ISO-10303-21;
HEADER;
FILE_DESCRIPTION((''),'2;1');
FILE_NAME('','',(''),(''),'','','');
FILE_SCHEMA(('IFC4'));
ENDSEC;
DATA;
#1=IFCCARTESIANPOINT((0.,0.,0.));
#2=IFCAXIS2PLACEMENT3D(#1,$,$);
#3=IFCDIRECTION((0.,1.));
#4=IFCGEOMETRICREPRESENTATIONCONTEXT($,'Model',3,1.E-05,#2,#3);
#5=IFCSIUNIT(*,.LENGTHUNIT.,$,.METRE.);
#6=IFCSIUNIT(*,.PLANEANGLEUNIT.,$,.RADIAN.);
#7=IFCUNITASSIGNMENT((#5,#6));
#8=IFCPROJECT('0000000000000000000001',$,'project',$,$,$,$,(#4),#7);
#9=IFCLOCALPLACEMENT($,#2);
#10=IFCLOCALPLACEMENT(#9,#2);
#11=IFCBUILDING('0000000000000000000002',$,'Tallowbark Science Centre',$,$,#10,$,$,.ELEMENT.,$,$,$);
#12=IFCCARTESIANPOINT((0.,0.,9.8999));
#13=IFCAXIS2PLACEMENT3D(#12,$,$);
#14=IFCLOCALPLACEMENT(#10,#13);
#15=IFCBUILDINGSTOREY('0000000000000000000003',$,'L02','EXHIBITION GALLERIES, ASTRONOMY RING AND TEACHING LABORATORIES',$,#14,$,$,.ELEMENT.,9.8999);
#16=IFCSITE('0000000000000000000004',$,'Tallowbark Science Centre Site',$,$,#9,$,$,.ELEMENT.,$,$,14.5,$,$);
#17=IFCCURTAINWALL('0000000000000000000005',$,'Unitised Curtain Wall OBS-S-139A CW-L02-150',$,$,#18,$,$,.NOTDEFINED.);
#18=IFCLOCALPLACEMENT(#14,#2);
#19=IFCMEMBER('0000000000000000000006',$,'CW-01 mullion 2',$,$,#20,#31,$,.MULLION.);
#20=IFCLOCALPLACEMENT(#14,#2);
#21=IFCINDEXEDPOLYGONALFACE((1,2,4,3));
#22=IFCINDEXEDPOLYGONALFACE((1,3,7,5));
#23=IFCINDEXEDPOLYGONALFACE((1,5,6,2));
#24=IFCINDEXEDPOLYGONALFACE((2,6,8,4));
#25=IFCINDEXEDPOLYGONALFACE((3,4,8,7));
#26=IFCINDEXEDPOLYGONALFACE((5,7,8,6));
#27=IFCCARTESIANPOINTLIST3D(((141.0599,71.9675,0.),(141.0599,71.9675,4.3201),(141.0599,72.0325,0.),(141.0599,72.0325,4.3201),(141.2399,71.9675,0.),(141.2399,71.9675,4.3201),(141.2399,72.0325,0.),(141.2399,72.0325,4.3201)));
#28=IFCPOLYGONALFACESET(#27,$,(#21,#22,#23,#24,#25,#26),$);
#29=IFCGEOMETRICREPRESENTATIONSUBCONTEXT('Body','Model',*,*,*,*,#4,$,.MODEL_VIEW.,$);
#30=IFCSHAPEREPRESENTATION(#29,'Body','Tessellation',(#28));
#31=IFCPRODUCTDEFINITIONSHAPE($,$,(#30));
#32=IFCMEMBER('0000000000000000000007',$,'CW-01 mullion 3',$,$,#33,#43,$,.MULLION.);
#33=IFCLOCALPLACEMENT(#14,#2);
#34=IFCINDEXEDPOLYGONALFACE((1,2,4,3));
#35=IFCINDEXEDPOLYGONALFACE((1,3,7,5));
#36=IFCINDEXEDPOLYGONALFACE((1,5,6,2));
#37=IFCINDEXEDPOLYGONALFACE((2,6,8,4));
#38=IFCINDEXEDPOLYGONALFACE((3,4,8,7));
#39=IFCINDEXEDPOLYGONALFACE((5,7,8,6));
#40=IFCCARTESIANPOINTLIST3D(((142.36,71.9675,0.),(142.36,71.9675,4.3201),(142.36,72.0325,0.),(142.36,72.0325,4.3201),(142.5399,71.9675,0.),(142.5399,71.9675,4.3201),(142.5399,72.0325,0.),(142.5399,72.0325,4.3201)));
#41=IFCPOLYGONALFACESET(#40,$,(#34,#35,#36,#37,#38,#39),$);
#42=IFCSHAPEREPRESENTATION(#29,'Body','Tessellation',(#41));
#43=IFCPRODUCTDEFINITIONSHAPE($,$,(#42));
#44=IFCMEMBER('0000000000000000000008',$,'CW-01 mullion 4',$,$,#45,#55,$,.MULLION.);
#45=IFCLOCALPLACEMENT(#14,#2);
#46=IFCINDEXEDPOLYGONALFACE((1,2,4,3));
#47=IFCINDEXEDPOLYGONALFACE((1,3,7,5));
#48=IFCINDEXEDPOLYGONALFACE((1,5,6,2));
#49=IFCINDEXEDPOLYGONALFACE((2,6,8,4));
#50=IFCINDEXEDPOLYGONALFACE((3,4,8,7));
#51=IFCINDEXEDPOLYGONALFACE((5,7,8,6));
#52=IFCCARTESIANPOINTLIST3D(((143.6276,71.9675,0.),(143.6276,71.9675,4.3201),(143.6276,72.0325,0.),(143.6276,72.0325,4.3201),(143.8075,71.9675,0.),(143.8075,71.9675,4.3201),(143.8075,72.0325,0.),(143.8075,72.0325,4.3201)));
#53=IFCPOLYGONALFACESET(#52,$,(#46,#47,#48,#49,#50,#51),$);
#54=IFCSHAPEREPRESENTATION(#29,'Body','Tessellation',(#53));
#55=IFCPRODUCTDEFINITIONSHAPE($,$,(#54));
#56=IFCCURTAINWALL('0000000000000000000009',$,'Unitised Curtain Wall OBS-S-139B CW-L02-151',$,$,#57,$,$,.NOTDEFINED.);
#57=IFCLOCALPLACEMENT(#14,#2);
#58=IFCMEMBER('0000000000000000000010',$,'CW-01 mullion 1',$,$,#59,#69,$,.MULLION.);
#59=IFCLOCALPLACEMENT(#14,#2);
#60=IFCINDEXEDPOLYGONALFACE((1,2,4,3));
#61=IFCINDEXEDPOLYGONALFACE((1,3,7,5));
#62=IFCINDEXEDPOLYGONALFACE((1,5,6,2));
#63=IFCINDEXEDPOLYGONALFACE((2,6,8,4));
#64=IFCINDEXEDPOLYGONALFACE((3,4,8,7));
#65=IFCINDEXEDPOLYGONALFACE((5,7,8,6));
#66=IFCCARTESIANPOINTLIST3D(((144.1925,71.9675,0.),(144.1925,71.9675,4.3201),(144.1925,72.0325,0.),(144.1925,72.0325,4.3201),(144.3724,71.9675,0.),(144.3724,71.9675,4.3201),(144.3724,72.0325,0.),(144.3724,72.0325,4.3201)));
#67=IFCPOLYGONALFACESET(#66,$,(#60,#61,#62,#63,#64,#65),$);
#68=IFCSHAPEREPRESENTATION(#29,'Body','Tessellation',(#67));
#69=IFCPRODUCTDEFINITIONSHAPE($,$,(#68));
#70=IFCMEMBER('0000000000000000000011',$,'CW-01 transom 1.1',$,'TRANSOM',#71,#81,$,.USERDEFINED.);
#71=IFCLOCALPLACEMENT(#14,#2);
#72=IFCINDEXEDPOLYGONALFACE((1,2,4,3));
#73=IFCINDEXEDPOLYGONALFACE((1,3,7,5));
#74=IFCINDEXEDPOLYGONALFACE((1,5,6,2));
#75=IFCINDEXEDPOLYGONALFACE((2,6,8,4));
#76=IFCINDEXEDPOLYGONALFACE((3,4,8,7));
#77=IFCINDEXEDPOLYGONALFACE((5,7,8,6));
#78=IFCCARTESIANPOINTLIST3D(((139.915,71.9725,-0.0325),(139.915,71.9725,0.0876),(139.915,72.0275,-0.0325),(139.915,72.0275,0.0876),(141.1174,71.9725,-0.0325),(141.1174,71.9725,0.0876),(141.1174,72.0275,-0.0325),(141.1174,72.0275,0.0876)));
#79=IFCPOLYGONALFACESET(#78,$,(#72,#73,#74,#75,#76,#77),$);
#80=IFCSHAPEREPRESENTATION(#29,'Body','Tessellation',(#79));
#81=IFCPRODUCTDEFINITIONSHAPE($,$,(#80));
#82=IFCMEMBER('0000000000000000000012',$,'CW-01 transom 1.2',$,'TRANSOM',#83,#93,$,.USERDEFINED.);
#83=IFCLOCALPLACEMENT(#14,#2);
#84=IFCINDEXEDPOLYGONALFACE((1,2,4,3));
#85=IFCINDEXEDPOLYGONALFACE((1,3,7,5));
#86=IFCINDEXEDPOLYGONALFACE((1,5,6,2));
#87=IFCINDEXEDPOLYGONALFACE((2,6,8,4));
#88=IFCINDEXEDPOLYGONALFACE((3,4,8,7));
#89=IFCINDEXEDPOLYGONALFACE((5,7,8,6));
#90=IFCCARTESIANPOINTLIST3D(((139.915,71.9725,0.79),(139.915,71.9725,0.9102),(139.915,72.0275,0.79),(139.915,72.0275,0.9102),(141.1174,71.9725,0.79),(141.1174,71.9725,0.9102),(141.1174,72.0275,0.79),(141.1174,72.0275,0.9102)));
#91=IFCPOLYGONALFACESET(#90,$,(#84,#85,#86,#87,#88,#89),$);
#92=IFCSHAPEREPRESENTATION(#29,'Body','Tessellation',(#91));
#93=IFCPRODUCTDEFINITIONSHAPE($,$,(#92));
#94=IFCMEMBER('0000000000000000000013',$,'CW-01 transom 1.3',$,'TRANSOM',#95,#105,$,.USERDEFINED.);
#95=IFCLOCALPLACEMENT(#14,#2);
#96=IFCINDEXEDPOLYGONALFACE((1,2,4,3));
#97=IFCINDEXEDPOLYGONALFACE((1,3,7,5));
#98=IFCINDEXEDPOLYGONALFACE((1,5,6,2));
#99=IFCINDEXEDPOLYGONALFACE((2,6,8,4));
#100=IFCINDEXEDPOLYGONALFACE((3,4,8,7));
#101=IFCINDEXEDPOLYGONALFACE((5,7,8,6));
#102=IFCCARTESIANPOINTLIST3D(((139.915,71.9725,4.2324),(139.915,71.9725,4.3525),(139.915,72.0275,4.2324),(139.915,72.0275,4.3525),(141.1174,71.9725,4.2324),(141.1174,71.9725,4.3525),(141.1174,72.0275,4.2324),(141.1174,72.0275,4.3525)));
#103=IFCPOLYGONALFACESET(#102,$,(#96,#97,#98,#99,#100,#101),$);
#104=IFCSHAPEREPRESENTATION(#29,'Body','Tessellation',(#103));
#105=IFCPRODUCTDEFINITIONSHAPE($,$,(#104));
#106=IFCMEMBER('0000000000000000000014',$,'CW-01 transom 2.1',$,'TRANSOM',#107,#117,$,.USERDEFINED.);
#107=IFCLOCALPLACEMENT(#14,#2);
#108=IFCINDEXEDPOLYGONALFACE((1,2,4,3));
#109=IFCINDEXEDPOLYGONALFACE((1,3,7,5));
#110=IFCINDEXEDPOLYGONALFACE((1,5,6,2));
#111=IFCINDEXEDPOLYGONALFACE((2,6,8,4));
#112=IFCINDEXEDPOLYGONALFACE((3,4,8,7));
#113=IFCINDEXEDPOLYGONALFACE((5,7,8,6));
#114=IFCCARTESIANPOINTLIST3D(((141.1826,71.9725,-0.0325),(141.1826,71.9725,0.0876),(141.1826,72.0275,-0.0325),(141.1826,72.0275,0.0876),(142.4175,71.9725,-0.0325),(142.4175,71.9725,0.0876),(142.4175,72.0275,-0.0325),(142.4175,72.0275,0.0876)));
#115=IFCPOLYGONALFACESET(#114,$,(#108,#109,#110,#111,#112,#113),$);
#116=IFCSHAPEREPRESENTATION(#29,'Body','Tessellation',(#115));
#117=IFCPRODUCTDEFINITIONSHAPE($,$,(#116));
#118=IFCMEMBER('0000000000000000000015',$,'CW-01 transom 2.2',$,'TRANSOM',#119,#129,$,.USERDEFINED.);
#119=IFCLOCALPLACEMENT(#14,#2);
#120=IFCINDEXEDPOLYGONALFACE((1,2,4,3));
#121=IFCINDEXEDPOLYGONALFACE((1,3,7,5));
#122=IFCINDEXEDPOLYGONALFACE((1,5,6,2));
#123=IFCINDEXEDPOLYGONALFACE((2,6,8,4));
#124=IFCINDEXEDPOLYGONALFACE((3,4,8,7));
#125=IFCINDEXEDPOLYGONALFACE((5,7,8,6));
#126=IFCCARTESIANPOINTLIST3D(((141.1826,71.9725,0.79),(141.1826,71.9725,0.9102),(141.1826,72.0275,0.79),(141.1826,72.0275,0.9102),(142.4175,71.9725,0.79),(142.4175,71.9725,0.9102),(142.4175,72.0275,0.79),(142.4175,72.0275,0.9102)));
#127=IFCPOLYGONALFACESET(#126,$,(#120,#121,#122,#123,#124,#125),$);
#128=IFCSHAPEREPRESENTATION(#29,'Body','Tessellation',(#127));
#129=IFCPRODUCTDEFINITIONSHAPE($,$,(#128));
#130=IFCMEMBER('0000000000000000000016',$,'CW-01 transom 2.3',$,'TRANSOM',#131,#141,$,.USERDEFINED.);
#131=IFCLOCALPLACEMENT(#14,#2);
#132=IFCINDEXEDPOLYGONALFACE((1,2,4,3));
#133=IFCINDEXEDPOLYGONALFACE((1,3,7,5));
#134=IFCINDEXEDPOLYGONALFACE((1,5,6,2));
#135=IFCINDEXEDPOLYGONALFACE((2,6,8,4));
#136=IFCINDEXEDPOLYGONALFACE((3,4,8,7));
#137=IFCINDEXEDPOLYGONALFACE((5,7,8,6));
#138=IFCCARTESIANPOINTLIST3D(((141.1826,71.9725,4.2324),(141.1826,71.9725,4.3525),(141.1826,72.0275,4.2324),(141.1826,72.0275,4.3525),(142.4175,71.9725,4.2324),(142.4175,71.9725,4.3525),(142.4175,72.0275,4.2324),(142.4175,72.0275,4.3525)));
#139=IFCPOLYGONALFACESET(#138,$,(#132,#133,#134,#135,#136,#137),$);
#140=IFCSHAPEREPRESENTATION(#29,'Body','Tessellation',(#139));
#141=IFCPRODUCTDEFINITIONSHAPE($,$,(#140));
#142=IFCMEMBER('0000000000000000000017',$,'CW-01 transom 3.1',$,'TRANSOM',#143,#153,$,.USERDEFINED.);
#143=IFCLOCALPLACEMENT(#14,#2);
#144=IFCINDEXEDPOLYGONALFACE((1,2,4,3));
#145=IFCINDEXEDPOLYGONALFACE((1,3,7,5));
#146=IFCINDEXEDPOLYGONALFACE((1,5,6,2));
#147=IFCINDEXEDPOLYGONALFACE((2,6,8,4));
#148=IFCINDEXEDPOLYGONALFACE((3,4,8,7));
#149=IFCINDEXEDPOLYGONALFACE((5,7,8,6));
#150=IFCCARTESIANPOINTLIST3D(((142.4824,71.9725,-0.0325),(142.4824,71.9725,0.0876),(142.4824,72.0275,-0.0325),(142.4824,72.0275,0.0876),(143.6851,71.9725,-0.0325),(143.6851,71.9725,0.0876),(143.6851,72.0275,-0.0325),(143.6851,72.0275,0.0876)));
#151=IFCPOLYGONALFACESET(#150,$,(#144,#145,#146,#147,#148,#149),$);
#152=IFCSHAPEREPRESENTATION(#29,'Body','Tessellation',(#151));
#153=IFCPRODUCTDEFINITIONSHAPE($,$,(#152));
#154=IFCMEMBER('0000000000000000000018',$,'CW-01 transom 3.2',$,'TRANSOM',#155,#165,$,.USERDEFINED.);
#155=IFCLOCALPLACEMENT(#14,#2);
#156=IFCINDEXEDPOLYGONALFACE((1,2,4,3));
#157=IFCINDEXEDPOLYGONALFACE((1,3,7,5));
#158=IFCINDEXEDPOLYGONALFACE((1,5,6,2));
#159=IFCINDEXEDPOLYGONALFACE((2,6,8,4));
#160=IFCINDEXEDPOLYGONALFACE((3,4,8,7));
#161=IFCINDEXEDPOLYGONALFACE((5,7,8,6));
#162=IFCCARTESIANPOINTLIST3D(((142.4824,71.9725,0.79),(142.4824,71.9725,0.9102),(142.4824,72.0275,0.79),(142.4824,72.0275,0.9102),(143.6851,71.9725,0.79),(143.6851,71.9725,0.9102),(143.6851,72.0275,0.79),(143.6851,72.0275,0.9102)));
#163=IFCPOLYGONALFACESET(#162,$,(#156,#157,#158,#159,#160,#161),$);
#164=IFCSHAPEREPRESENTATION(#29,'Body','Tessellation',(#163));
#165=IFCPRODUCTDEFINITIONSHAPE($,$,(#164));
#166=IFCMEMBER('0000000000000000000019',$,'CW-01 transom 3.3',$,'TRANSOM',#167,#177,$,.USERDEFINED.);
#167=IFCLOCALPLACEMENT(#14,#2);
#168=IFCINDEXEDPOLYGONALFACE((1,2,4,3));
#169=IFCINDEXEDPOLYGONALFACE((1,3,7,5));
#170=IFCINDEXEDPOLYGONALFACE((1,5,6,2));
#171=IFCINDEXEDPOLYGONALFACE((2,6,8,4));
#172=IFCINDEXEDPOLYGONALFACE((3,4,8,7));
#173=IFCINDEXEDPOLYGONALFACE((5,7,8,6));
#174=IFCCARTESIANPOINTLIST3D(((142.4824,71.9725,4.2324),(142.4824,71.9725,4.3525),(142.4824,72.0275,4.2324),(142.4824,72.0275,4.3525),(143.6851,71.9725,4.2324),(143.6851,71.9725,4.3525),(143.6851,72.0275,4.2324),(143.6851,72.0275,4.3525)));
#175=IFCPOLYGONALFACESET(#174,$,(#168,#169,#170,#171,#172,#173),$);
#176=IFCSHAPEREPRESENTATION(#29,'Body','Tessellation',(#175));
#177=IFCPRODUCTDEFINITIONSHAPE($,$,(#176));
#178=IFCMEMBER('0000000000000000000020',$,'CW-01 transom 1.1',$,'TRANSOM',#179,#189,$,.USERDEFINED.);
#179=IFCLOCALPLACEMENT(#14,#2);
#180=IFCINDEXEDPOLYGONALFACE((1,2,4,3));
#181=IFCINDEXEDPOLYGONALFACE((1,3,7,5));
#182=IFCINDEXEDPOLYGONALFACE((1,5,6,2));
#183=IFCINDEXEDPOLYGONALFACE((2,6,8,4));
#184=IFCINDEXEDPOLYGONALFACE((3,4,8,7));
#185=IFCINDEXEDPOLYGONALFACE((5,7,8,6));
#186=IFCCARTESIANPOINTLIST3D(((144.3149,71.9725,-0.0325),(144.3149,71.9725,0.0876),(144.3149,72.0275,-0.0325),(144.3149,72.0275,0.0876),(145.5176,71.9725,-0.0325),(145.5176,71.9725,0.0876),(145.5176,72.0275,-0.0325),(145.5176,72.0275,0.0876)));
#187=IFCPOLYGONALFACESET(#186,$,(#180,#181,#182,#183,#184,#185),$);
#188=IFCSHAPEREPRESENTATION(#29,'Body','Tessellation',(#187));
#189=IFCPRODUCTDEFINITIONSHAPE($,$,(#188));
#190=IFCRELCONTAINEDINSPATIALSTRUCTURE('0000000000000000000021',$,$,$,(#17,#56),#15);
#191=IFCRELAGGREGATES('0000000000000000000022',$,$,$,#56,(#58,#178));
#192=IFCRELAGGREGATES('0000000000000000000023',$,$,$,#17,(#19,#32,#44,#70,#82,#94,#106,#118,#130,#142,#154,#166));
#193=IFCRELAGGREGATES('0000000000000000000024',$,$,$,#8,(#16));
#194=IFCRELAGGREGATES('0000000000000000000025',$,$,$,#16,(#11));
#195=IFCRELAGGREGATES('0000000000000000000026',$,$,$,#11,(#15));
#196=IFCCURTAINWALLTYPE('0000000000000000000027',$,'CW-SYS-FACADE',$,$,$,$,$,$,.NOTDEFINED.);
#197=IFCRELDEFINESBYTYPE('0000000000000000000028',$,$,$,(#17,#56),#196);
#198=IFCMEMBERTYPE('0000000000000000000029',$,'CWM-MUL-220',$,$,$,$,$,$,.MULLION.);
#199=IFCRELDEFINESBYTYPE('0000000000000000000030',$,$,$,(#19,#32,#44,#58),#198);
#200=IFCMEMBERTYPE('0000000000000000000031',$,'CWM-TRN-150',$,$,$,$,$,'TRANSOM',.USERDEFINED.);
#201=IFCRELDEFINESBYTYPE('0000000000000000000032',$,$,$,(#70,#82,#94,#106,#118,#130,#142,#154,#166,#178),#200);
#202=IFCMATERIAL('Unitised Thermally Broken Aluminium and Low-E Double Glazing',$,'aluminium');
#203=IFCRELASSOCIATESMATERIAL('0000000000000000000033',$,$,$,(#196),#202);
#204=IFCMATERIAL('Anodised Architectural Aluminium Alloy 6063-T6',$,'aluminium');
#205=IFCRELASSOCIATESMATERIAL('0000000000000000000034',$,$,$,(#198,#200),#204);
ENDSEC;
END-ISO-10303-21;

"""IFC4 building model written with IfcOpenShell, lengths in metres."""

from ifc_helpers import new_model, si_unit, direction, frame, origin, origin_2d, place, context, subcontext, project, spatial, rectangle, extrude, material, material_profile, profile_set, type_object, element, aggregate, save


model = new_model("IFC4")

# Units and contexts
model_context = context("Model", 3, precision=1e-05, world=origin(), true_north=direction((0.0, 1.0)))
body_context = subcontext(model_context, "Body", "Model", "MODEL_VIEW")
ifc_project = project(units=[si_unit("LENGTHUNIT", "METRE"), si_unit("PLANEANGLEUNIT", "RADIAN")], contexts=[model_context])

# Site, building, storey
site_placement = place(None, origin())
site = spatial("IfcSite", under=ifc_project, at=site_placement, Name="Tallowbark Science Centre Site", CompositionType="ELEMENT", RefElevation=14.5)
building_placement = place(site_placement, origin())
building = spatial("IfcBuilding", under=site, at=building_placement, Name="Tallowbark Science Centre", CompositionType="ELEMENT")
storey_placement = place(building_placement, frame((0.0, 0.0, 9.8999)))
storey = spatial("IfcBuildingStorey", under=building, at=storey_placement, Name="L02", Description="EXHIBITION GALLERIES, ASTRONOMY RING AND TEACHING LABORATORIES", CompositionType="ELEMENT", Elevation=9.8999)

# Curtain wall, members
ifc_material_1 = material(Name="Unitised Thermally Broken Aluminium and Low-E Double Glazing", Category="aluminium")
curtain_wall_type = type_object("IfcCurtainWallType", Name="CW-SYS-FACADE", PredefinedType="NOTDEFINED", material=ifc_material_1)
curtain_wall_1_placement = place(storey_placement, origin())
curtain_wall_1 = element("IfcCurtainWall", 1, at=curtain_wall_1_placement, inside=storey, type_object=curtain_wall_type, Name="Unitised Curtain Wall OBS-S-139A CW-L02-150", PredefinedType="NOTDEFINED")
ifc_material_2 = material(Name="Anodised Architectural Aluminium Alloy 6063-T6", Category="aluminium")
ifc_material_profile_1 = material_profile(ifc_material_2, rectangle(XDim=0.0649, YDim=0.1799, at=origin_2d()), Name="ALU65x180")
ifc_profile_set_1 = profile_set([ifc_material_profile_1], Name="Anodised Architectural Aluminium Alloy 6063-T6")
member_type_1 = type_object("IfcMemberType", Name="CWM-MUL-220", PredefinedType="MULLION", material=ifc_profile_set_1)
member_1_placement = place(storey_placement, frame((141.1499, 72.0, 0.0), z_axis=(0.0, 0.0, 1.0), x_axis=(0.0, 1.0, 0.0)))
member_1 = element("IfcMember", 2, at=member_1_placement, type_object=member_type_1, Name="CW-01 mullion 2", PredefinedType="MULLION", context=body_context, shape_type="SweptSolid", body=[
    extrude(rectangle(XDim=0.0649, YDim=0.1799, at=origin_2d()), origin(), (0.0, 0.0, 1.0), 4.3201),
])
member_2_placement = place(storey_placement, frame((142.45, 72.0, 0.0), z_axis=(0.0, 0.0, 1.0), x_axis=(0.0, 1.0, 0.0)))
member_2 = element("IfcMember", 3, at=member_2_placement, type_object=member_type_1, Name="CW-01 mullion 3", PredefinedType="MULLION", context=body_context, shape_type="SweptSolid", body=[
    extrude(rectangle(XDim=0.0649, YDim=0.1799, at=origin_2d()), origin(), (0.0, 0.0, 1.0), 4.3201),
])
member_3_placement = place(storey_placement, frame((143.7175, 72.0, 0.0), z_axis=(0.0, 0.0, 1.0), x_axis=(0.0, 1.0, 0.0)))
member_3 = element("IfcMember", 4, at=member_3_placement, type_object=member_type_1, Name="CW-01 mullion 4", PredefinedType="MULLION", context=body_context, shape_type="SweptSolid", body=[
    extrude(rectangle(XDim=0.0649, YDim=0.1799, at=origin_2d()), origin(), (0.0, 0.0, 1.0), 4.3201),
])

# Curtain wall, member
curtain_wall_2_placement = place(storey_placement, origin())
curtain_wall_2 = element("IfcCurtainWall", 5, at=curtain_wall_2_placement, inside=storey, type_object=curtain_wall_type, Name="Unitised Curtain Wall OBS-S-139B CW-L02-151", PredefinedType="NOTDEFINED")
member_4_placement = place(storey_placement, frame((144.2825, 72.0, 0.0), z_axis=(0.0, 0.0, 1.0), x_axis=(0.0, 1.0, 0.0)))
member_4 = element("IfcMember", 6, at=member_4_placement, type_object=member_type_1, Name="CW-01 mullion 1", PredefinedType="MULLION", context=body_context, shape_type="SweptSolid", body=[
    extrude(rectangle(XDim=0.0649, YDim=0.1799, at=origin_2d()), origin(), (0.0, 0.0, 1.0), 4.3201),
])

# Members
ifc_material_profile_2 = material_profile(ifc_material_2, rectangle(XDim=0.0549, YDim=0.1201, at=origin_2d()), Name="ALU55x120")
ifc_profile_set_2 = profile_set([ifc_material_profile_2], Name="Anodised Architectural Aluminium Alloy 6063-T6")
member_type_2 = type_object("IfcMemberType", Name="CWM-TRN-150", ElementType="TRANSOM", PredefinedType="USERDEFINED", material=ifc_profile_set_2)
member_5_placement = place(storey_placement, frame((139.915, 72.0, 0.0276), z_axis=(1.0, 0.0, 0.0), x_axis=(0.0, 1.0, 0.0)))
member_5 = element("IfcMember", 7, at=member_5_placement, type_object=member_type_2, Name="CW-01 transom 1.1", ObjectType="TRANSOM", PredefinedType="USERDEFINED", context=body_context, shape_type="SweptSolid", body=[
    extrude(rectangle(XDim=0.0549, YDim=0.1201, at=origin_2d()), origin(), (0.0, 0.0, 1.0), 1.2024),
])
member_6_placement = place(storey_placement, frame((139.915, 72.0, 0.8501), z_axis=(1.0, 0.0, 0.0), x_axis=(0.0, 1.0, 0.0)))
member_6 = element("IfcMember", 8, at=member_6_placement, type_object=member_type_2, Name="CW-01 transom 1.2", ObjectType="TRANSOM", PredefinedType="USERDEFINED", context=body_context, shape_type="SweptSolid", body=[
    extrude(rectangle(XDim=0.0549, YDim=0.1201, at=origin_2d()), origin(), (0.0, 0.0, 1.0), 1.2024),
])
member_7_placement = place(storey_placement, frame((139.915, 72.0, 4.2925), z_axis=(1.0, 0.0, 0.0), x_axis=(0.0, 1.0, 0.0)))
member_7 = element("IfcMember", 9, at=member_7_placement, type_object=member_type_2, Name="CW-01 transom 1.3", ObjectType="TRANSOM", PredefinedType="USERDEFINED", context=body_context, shape_type="SweptSolid", body=[
    extrude(rectangle(XDim=0.0549, YDim=0.1201, at=origin_2d()), origin(), (0.0, 0.0, 1.0), 1.2024),
])
member_8_placement = place(storey_placement, frame((141.1826, 72.0, 0.0276), z_axis=(1.0, 0.0, 0.0), x_axis=(0.0, 1.0, 0.0)))
member_8 = element("IfcMember", 10, at=member_8_placement, type_object=member_type_2, Name="CW-01 transom 2.1", ObjectType="TRANSOM", PredefinedType="USERDEFINED", context=body_context, shape_type="SweptSolid", body=[
    extrude(rectangle(XDim=0.0549, YDim=0.1201, at=origin_2d()), origin(), (0.0, 0.0, 1.0), 1.2349),
])
member_9_placement = place(storey_placement, frame((141.1826, 72.0, 0.8501), z_axis=(1.0, 0.0, 0.0), x_axis=(0.0, 1.0, 0.0)))
member_9 = element("IfcMember", 11, at=member_9_placement, type_object=member_type_2, Name="CW-01 transom 2.2", ObjectType="TRANSOM", PredefinedType="USERDEFINED", context=body_context, shape_type="SweptSolid", body=[
    extrude(rectangle(XDim=0.0549, YDim=0.1201, at=origin_2d()), origin(), (0.0, 0.0, 1.0), 1.2349),
])
member_10_placement = place(storey_placement, frame((141.1826, 72.0, 4.2925), z_axis=(1.0, 0.0, 0.0), x_axis=(0.0, 1.0, 0.0)))
member_10 = element("IfcMember", 12, at=member_10_placement, type_object=member_type_2, Name="CW-01 transom 2.3", ObjectType="TRANSOM", PredefinedType="USERDEFINED", context=body_context, shape_type="SweptSolid", body=[
    extrude(rectangle(XDim=0.0549, YDim=0.1201, at=origin_2d()), origin(), (0.0, 0.0, 1.0), 1.2349),
])
member_11_placement = place(storey_placement, frame((142.4824, 72.0, 0.0276), z_axis=(1.0, 0.0, 0.0), x_axis=(0.0, 1.0, 0.0)))
member_11 = element("IfcMember", 13, at=member_11_placement, type_object=member_type_2, Name="CW-01 transom 3.1", ObjectType="TRANSOM", PredefinedType="USERDEFINED", context=body_context, shape_type="SweptSolid", body=[
    extrude(rectangle(XDim=0.0549, YDim=0.1201, at=origin_2d()), origin(), (0.0, 0.0, 1.0), 1.2026),
])
member_12_placement = place(storey_placement, frame((142.4824, 72.0, 0.8501), z_axis=(1.0, 0.0, 0.0), x_axis=(0.0, 1.0, 0.0)))
member_12 = element("IfcMember", 14, at=member_12_placement, type_object=member_type_2, Name="CW-01 transom 3.2", ObjectType="TRANSOM", PredefinedType="USERDEFINED", context=body_context, shape_type="SweptSolid", body=[
    extrude(rectangle(XDim=0.0549, YDim=0.1201, at=origin_2d()), origin(), (0.0, 0.0, 1.0), 1.2026),
])
member_13_placement = place(storey_placement, frame((142.4824, 72.0, 4.2925), z_axis=(1.0, 0.0, 0.0), x_axis=(0.0, 1.0, 0.0)))
member_13 = element("IfcMember", 15, at=member_13_placement, type_object=member_type_2, Name="CW-01 transom 3.3", ObjectType="TRANSOM", PredefinedType="USERDEFINED", context=body_context, shape_type="SweptSolid", body=[
    extrude(rectangle(XDim=0.0549, YDim=0.1201, at=origin_2d()), origin(), (0.0, 0.0, 1.0), 1.2026),
])
member_14_placement = place(storey_placement, frame((144.3149, 72.0, 0.0276), z_axis=(1.0, 0.0, 0.0), x_axis=(0.0, 1.0, 0.0)))
member_14 = element("IfcMember", 16, at=member_14_placement, type_object=member_type_2, Name="CW-01 transom 1.1", ObjectType="TRANSOM", PredefinedType="USERDEFINED", context=body_context, shape_type="SweptSolid", body=[
    extrude(rectangle(XDim=0.0549, YDim=0.1201, at=origin_2d()), origin(), (0.0, 0.0, 1.0), 1.2026),
])
aggregate(curtain_wall_2, [member_4, member_14])

aggregate(curtain_wall_1, [member_1, member_2, member_3, member_5, member_6, member_7, member_8, member_9, member_10, member_11, member_12, member_13])

save(model, "model.ifc")
